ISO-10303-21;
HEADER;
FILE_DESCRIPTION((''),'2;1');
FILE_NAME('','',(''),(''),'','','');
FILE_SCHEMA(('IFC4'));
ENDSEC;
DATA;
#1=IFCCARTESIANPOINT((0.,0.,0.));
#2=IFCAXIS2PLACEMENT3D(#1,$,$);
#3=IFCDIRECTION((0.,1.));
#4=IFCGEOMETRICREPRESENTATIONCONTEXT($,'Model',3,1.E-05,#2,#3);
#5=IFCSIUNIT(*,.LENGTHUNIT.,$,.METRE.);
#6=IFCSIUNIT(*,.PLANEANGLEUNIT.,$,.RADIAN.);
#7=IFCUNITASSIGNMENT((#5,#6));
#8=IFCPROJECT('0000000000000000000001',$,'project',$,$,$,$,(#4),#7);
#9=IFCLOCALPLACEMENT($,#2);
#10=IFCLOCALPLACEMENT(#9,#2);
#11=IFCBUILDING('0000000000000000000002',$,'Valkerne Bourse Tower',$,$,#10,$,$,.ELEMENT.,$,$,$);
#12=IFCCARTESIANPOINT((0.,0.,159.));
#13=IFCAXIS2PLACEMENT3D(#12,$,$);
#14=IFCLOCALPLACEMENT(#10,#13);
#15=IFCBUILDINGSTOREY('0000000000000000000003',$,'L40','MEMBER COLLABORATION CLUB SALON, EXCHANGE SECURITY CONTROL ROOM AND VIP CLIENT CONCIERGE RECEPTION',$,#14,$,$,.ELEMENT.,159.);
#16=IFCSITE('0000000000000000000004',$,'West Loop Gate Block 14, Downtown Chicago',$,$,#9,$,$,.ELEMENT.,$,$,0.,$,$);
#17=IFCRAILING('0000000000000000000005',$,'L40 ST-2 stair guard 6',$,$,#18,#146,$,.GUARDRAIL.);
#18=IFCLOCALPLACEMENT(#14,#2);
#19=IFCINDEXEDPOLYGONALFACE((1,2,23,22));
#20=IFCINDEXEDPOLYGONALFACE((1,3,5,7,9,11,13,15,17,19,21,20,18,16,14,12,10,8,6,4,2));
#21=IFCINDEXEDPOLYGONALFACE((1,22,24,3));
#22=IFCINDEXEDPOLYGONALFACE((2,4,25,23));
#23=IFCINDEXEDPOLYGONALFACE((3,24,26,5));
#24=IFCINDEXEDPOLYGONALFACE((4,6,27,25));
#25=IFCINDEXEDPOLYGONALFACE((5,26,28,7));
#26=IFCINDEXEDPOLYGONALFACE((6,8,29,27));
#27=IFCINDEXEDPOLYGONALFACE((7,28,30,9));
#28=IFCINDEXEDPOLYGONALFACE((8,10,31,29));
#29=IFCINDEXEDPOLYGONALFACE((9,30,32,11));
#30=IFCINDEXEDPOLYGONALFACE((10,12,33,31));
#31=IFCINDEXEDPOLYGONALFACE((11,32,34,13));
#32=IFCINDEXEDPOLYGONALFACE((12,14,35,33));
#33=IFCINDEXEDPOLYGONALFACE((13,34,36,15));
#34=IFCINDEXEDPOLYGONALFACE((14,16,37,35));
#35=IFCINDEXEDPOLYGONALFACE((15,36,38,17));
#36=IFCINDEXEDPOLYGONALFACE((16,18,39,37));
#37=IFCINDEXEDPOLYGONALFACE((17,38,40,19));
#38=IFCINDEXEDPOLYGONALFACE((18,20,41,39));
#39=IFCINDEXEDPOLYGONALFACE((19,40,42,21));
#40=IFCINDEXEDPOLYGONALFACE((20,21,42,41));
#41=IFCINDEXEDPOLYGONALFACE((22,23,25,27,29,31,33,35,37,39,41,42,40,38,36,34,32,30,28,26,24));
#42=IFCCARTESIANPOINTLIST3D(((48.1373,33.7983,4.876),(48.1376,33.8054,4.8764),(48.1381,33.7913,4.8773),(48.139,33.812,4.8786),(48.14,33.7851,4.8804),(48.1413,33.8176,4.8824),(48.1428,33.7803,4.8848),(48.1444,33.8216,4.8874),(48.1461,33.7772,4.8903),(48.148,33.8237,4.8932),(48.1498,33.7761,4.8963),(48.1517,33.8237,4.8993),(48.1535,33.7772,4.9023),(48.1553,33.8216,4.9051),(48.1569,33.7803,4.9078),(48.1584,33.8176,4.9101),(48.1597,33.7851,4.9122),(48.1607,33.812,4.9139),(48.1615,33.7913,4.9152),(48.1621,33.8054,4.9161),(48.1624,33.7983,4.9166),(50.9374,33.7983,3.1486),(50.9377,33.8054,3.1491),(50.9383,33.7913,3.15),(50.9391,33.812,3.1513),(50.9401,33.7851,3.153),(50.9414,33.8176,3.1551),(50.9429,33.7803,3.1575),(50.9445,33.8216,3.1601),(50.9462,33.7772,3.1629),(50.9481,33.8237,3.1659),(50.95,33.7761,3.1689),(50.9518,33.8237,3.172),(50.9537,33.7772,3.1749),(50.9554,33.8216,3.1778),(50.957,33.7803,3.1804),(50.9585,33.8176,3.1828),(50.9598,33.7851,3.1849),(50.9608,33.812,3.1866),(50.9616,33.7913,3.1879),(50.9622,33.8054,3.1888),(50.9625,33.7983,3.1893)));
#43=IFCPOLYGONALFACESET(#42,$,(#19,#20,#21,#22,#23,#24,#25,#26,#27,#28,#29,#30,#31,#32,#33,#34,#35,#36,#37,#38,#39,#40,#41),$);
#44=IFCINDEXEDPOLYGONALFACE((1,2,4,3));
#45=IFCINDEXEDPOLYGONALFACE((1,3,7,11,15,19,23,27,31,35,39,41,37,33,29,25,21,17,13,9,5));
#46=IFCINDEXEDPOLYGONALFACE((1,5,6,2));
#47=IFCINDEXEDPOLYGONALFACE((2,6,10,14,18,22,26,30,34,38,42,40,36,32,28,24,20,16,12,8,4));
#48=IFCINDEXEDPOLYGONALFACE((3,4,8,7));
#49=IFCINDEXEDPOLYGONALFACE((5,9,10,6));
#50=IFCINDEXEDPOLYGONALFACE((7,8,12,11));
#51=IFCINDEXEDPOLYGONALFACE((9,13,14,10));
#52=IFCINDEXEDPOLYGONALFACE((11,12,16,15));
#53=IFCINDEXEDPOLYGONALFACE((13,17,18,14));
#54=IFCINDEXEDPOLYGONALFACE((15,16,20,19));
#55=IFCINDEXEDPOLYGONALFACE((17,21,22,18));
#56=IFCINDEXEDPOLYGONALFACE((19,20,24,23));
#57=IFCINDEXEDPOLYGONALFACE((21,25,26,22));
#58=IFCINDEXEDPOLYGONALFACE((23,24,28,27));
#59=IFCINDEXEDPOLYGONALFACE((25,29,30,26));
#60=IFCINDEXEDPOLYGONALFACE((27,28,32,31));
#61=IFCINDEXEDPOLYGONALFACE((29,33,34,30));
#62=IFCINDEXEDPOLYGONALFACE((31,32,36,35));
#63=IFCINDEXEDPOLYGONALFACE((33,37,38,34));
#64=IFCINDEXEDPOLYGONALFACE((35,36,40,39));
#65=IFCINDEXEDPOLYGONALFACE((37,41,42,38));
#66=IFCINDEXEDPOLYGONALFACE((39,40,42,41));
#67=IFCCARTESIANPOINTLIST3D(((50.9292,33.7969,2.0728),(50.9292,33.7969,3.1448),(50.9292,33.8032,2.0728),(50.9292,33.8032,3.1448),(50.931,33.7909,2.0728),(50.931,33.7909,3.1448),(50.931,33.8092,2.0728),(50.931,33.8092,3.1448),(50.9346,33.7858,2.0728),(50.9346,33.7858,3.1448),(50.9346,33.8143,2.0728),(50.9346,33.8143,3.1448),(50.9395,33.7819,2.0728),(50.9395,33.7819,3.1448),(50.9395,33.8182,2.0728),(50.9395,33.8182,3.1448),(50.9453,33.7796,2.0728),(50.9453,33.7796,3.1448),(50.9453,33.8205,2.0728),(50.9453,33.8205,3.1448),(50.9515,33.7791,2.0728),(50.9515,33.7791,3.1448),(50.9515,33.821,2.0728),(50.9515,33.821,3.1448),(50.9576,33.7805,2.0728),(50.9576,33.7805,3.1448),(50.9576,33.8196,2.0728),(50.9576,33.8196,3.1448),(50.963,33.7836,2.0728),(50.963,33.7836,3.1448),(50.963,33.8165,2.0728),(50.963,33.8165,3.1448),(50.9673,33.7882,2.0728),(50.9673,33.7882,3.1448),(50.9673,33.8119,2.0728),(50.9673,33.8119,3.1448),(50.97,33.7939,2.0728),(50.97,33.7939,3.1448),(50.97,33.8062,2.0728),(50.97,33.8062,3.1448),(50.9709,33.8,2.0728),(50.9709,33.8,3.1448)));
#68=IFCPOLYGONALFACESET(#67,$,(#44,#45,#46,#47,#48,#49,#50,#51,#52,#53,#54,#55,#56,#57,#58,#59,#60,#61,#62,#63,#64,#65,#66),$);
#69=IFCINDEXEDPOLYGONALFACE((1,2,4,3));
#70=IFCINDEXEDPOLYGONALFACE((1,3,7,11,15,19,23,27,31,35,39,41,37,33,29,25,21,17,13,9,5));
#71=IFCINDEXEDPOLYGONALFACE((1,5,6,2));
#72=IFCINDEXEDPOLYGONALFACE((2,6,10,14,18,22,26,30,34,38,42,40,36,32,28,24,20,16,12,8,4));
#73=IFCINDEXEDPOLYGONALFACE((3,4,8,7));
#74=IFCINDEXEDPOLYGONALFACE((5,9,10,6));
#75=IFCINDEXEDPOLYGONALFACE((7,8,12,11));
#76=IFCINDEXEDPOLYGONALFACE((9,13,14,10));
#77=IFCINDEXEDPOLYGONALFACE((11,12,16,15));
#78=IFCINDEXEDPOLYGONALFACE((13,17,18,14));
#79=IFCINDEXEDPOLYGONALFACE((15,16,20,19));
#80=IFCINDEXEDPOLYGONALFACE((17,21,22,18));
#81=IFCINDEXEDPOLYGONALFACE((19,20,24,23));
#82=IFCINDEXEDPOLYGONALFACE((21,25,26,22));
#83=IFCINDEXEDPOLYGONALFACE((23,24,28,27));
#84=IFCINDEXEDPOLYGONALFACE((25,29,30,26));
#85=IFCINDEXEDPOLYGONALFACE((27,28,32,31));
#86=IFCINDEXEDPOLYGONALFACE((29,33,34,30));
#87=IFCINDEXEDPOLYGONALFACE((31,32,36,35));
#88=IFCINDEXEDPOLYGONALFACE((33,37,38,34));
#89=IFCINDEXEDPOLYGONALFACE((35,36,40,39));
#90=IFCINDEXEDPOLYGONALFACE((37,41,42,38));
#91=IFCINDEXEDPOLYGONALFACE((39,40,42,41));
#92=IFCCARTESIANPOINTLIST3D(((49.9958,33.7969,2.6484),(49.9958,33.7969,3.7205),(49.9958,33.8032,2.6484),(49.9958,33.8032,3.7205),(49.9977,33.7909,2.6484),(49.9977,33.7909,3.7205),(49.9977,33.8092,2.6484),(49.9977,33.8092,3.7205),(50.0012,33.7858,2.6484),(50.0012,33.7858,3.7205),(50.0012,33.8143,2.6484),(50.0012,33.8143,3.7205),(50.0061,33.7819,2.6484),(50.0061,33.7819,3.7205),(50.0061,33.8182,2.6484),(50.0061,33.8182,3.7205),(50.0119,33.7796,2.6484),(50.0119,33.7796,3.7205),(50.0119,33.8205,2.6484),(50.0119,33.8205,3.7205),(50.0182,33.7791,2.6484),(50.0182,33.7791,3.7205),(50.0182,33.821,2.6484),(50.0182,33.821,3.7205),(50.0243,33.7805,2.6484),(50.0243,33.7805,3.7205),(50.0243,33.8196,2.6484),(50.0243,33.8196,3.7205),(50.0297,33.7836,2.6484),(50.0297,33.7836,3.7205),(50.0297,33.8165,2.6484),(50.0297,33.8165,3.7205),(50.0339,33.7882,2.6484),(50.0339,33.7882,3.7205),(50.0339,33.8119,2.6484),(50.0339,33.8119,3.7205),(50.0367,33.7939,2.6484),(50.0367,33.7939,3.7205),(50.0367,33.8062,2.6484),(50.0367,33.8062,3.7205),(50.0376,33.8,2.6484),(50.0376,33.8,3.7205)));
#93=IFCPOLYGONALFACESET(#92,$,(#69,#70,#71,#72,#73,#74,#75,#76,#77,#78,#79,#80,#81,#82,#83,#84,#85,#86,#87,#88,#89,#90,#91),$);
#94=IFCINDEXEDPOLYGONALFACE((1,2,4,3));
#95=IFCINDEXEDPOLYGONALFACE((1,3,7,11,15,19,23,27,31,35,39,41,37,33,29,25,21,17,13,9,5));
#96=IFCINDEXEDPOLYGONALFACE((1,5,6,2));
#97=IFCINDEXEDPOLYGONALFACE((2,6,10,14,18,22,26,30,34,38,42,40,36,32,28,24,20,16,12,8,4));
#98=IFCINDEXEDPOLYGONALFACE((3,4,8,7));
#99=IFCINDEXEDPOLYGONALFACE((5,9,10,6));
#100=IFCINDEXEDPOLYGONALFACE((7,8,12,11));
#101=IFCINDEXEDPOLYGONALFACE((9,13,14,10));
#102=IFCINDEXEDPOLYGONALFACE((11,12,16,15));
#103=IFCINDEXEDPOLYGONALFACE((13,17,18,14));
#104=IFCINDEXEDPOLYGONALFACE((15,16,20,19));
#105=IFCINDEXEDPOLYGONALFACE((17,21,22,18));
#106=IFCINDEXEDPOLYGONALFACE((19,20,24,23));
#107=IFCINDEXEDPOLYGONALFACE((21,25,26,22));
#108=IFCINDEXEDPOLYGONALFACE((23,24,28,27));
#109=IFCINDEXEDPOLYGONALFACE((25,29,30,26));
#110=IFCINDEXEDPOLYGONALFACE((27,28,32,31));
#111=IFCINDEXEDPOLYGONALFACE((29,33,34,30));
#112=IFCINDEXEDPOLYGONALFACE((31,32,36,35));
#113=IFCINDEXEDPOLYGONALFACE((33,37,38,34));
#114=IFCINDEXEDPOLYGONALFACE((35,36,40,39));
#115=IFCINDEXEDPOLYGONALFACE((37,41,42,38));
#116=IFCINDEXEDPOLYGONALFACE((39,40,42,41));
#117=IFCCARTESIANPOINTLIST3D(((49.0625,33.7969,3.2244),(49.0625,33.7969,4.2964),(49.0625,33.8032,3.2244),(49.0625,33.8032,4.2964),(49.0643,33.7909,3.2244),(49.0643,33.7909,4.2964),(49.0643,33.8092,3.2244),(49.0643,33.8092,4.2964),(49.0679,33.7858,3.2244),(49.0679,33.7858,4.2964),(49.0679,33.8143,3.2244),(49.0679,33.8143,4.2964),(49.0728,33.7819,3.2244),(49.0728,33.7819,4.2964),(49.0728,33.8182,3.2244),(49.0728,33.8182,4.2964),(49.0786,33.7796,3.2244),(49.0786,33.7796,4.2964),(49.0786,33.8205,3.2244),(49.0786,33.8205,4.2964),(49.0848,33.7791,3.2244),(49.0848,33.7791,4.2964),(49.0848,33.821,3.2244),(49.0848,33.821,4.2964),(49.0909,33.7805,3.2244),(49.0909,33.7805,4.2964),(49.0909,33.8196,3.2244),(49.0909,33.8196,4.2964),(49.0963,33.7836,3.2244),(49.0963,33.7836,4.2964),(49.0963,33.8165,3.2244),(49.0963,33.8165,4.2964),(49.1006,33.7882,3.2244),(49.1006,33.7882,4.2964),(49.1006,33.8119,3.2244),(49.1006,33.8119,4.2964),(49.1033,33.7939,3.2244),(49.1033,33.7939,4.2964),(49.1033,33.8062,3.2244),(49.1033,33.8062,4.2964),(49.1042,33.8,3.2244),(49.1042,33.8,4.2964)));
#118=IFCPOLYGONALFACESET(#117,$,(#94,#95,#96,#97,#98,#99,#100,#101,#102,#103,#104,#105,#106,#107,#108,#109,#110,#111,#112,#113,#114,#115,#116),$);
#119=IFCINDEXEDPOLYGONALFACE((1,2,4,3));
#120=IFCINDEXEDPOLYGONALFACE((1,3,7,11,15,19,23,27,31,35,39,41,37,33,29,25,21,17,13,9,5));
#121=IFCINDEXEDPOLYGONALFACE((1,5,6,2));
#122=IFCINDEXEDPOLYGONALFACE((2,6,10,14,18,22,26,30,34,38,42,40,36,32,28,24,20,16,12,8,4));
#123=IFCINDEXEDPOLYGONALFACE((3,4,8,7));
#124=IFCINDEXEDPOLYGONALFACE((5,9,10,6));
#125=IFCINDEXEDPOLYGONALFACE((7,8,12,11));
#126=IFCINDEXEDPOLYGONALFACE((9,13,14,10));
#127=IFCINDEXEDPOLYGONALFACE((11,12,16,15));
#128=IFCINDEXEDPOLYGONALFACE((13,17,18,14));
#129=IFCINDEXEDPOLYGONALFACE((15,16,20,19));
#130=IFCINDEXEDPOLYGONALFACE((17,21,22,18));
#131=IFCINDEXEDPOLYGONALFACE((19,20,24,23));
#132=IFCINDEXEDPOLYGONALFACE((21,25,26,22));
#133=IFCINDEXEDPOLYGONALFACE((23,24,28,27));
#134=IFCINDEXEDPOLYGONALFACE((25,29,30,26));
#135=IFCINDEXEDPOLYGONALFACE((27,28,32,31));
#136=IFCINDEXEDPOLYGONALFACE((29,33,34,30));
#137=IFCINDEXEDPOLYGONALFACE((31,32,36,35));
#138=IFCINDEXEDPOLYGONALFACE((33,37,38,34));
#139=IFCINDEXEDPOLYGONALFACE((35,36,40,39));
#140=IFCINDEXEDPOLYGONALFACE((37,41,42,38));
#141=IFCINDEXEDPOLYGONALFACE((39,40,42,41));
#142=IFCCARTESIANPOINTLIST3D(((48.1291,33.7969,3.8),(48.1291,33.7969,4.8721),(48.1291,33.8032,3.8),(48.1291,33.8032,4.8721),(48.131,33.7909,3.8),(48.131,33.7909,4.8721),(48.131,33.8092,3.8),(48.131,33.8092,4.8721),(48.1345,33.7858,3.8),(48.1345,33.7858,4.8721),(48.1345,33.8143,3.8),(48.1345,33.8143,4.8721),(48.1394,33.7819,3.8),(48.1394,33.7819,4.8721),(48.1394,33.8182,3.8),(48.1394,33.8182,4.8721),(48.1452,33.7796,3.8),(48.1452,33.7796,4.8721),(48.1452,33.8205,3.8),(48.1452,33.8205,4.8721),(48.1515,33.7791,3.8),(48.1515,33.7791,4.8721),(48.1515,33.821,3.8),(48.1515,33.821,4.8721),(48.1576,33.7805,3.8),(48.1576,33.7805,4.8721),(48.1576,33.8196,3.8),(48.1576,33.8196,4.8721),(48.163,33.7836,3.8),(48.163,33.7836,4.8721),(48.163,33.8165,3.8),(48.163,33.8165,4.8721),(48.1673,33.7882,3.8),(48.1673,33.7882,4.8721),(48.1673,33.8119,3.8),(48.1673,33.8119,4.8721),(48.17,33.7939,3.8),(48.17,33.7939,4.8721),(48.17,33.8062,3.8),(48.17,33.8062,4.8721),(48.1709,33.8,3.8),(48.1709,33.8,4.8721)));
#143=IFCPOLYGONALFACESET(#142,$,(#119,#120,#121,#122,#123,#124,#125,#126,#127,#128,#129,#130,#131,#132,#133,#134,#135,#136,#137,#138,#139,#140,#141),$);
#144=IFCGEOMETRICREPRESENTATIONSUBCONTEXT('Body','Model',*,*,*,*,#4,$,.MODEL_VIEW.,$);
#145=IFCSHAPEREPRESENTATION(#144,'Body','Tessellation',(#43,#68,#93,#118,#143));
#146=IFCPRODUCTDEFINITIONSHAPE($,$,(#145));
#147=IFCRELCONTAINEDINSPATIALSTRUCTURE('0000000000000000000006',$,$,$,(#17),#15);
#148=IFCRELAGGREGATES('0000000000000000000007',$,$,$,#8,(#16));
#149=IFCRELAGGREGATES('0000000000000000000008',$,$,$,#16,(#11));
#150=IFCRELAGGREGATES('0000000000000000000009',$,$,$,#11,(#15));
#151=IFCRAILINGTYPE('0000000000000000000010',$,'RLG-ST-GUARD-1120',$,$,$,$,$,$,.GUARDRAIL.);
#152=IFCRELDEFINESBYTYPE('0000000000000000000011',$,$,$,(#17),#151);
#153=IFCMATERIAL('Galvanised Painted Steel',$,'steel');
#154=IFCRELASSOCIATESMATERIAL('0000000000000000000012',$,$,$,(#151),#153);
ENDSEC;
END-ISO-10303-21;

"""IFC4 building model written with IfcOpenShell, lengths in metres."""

from ifc_helpers import new_model, si_unit, direction, frame, origin, origin_2d, place, context, subcontext, project, spatial, circle, extrude, material, type_object, element, save


model = new_model("IFC4")

# Units and contexts
model_context = context("Model", 3, precision=1e-05, world=origin(), true_north=direction((0.0, 1.0)))
body_context = subcontext(model_context, "Body", "Model", "MODEL_VIEW")
ifc_project = project(units=[si_unit("LENGTHUNIT", "METRE"), si_unit("PLANEANGLEUNIT", "RADIAN")], contexts=[model_context])

# Site, building, storey
site_placement = place(None, origin())
site = spatial("IfcSite", under=ifc_project, at=site_placement, Name="West Loop Gate Block 14, Downtown Chicago", CompositionType="ELEMENT", RefElevation=0.0)
building_placement = place(site_placement, origin())
building = spatial("IfcBuilding", under=site, at=building_placement, Name="Valkerne Bourse Tower", CompositionType="ELEMENT")
storey_placement = place(building_placement, frame((0.0, 0.0, 159.0)))
storey = spatial("IfcBuildingStorey", under=building, at=storey_placement, Name="L40", Description="MEMBER COLLABORATION CLUB SALON, EXCHANGE SECURITY CONTROL ROOM AND VIP CLIENT CONCIERGE RECEPTION", CompositionType="ELEMENT", Elevation=159.0)

# Shared definitions
ifc_material_1 = material(Name="Galvanised Painted Steel", Category="steel")

# Railing
railing_type_1 = type_object("IfcRailingType", Name="RLG-ST-GUARD-1120", PredefinedType="GUARDRAIL", material=ifc_material_1)
railing_1_placement = place(storey_placement, frame((50.95, 33.8, 2.0728)))
element("IfcRailing", 1, at=railing_1_placement, inside=storey, type_object=railing_type_1, Name="L40 ST-2 stair guard 6", PredefinedType="GUARDRAIL", context=body_context, shape_type="SweptSolid", body=[
    extrude(circle(Radius=0.0239, at=origin_2d()), frame((0.0, 0.0, 1.0962), z_axis=(-0.85109, 0.0, 0.52502), x_axis=(0.0, -1.0, 0.0)), (0.0, 0.0, 1.0), 3.29),
    extrude(circle(Radius=0.021, at=origin_2d()), origin(), (0.0, 0.0, 1.0), 1.072),
    extrude(circle(Radius=0.021, at=origin_2d()), frame((-0.9333, 0.0, 0.5757)), (0.0, 0.0, 1.0), 1.072),
    extrude(circle(Radius=0.021, at=origin_2d()), frame((-1.8667, 0.0, 1.1516)), (0.0, 0.0, 1.0), 1.072),
    extrude(circle(Radius=0.021, at=origin_2d()), frame((-2.8, 0.0, 1.7273)), (0.0, 0.0, 1.0), 1.072),
])

save(model, "model.ifc")
